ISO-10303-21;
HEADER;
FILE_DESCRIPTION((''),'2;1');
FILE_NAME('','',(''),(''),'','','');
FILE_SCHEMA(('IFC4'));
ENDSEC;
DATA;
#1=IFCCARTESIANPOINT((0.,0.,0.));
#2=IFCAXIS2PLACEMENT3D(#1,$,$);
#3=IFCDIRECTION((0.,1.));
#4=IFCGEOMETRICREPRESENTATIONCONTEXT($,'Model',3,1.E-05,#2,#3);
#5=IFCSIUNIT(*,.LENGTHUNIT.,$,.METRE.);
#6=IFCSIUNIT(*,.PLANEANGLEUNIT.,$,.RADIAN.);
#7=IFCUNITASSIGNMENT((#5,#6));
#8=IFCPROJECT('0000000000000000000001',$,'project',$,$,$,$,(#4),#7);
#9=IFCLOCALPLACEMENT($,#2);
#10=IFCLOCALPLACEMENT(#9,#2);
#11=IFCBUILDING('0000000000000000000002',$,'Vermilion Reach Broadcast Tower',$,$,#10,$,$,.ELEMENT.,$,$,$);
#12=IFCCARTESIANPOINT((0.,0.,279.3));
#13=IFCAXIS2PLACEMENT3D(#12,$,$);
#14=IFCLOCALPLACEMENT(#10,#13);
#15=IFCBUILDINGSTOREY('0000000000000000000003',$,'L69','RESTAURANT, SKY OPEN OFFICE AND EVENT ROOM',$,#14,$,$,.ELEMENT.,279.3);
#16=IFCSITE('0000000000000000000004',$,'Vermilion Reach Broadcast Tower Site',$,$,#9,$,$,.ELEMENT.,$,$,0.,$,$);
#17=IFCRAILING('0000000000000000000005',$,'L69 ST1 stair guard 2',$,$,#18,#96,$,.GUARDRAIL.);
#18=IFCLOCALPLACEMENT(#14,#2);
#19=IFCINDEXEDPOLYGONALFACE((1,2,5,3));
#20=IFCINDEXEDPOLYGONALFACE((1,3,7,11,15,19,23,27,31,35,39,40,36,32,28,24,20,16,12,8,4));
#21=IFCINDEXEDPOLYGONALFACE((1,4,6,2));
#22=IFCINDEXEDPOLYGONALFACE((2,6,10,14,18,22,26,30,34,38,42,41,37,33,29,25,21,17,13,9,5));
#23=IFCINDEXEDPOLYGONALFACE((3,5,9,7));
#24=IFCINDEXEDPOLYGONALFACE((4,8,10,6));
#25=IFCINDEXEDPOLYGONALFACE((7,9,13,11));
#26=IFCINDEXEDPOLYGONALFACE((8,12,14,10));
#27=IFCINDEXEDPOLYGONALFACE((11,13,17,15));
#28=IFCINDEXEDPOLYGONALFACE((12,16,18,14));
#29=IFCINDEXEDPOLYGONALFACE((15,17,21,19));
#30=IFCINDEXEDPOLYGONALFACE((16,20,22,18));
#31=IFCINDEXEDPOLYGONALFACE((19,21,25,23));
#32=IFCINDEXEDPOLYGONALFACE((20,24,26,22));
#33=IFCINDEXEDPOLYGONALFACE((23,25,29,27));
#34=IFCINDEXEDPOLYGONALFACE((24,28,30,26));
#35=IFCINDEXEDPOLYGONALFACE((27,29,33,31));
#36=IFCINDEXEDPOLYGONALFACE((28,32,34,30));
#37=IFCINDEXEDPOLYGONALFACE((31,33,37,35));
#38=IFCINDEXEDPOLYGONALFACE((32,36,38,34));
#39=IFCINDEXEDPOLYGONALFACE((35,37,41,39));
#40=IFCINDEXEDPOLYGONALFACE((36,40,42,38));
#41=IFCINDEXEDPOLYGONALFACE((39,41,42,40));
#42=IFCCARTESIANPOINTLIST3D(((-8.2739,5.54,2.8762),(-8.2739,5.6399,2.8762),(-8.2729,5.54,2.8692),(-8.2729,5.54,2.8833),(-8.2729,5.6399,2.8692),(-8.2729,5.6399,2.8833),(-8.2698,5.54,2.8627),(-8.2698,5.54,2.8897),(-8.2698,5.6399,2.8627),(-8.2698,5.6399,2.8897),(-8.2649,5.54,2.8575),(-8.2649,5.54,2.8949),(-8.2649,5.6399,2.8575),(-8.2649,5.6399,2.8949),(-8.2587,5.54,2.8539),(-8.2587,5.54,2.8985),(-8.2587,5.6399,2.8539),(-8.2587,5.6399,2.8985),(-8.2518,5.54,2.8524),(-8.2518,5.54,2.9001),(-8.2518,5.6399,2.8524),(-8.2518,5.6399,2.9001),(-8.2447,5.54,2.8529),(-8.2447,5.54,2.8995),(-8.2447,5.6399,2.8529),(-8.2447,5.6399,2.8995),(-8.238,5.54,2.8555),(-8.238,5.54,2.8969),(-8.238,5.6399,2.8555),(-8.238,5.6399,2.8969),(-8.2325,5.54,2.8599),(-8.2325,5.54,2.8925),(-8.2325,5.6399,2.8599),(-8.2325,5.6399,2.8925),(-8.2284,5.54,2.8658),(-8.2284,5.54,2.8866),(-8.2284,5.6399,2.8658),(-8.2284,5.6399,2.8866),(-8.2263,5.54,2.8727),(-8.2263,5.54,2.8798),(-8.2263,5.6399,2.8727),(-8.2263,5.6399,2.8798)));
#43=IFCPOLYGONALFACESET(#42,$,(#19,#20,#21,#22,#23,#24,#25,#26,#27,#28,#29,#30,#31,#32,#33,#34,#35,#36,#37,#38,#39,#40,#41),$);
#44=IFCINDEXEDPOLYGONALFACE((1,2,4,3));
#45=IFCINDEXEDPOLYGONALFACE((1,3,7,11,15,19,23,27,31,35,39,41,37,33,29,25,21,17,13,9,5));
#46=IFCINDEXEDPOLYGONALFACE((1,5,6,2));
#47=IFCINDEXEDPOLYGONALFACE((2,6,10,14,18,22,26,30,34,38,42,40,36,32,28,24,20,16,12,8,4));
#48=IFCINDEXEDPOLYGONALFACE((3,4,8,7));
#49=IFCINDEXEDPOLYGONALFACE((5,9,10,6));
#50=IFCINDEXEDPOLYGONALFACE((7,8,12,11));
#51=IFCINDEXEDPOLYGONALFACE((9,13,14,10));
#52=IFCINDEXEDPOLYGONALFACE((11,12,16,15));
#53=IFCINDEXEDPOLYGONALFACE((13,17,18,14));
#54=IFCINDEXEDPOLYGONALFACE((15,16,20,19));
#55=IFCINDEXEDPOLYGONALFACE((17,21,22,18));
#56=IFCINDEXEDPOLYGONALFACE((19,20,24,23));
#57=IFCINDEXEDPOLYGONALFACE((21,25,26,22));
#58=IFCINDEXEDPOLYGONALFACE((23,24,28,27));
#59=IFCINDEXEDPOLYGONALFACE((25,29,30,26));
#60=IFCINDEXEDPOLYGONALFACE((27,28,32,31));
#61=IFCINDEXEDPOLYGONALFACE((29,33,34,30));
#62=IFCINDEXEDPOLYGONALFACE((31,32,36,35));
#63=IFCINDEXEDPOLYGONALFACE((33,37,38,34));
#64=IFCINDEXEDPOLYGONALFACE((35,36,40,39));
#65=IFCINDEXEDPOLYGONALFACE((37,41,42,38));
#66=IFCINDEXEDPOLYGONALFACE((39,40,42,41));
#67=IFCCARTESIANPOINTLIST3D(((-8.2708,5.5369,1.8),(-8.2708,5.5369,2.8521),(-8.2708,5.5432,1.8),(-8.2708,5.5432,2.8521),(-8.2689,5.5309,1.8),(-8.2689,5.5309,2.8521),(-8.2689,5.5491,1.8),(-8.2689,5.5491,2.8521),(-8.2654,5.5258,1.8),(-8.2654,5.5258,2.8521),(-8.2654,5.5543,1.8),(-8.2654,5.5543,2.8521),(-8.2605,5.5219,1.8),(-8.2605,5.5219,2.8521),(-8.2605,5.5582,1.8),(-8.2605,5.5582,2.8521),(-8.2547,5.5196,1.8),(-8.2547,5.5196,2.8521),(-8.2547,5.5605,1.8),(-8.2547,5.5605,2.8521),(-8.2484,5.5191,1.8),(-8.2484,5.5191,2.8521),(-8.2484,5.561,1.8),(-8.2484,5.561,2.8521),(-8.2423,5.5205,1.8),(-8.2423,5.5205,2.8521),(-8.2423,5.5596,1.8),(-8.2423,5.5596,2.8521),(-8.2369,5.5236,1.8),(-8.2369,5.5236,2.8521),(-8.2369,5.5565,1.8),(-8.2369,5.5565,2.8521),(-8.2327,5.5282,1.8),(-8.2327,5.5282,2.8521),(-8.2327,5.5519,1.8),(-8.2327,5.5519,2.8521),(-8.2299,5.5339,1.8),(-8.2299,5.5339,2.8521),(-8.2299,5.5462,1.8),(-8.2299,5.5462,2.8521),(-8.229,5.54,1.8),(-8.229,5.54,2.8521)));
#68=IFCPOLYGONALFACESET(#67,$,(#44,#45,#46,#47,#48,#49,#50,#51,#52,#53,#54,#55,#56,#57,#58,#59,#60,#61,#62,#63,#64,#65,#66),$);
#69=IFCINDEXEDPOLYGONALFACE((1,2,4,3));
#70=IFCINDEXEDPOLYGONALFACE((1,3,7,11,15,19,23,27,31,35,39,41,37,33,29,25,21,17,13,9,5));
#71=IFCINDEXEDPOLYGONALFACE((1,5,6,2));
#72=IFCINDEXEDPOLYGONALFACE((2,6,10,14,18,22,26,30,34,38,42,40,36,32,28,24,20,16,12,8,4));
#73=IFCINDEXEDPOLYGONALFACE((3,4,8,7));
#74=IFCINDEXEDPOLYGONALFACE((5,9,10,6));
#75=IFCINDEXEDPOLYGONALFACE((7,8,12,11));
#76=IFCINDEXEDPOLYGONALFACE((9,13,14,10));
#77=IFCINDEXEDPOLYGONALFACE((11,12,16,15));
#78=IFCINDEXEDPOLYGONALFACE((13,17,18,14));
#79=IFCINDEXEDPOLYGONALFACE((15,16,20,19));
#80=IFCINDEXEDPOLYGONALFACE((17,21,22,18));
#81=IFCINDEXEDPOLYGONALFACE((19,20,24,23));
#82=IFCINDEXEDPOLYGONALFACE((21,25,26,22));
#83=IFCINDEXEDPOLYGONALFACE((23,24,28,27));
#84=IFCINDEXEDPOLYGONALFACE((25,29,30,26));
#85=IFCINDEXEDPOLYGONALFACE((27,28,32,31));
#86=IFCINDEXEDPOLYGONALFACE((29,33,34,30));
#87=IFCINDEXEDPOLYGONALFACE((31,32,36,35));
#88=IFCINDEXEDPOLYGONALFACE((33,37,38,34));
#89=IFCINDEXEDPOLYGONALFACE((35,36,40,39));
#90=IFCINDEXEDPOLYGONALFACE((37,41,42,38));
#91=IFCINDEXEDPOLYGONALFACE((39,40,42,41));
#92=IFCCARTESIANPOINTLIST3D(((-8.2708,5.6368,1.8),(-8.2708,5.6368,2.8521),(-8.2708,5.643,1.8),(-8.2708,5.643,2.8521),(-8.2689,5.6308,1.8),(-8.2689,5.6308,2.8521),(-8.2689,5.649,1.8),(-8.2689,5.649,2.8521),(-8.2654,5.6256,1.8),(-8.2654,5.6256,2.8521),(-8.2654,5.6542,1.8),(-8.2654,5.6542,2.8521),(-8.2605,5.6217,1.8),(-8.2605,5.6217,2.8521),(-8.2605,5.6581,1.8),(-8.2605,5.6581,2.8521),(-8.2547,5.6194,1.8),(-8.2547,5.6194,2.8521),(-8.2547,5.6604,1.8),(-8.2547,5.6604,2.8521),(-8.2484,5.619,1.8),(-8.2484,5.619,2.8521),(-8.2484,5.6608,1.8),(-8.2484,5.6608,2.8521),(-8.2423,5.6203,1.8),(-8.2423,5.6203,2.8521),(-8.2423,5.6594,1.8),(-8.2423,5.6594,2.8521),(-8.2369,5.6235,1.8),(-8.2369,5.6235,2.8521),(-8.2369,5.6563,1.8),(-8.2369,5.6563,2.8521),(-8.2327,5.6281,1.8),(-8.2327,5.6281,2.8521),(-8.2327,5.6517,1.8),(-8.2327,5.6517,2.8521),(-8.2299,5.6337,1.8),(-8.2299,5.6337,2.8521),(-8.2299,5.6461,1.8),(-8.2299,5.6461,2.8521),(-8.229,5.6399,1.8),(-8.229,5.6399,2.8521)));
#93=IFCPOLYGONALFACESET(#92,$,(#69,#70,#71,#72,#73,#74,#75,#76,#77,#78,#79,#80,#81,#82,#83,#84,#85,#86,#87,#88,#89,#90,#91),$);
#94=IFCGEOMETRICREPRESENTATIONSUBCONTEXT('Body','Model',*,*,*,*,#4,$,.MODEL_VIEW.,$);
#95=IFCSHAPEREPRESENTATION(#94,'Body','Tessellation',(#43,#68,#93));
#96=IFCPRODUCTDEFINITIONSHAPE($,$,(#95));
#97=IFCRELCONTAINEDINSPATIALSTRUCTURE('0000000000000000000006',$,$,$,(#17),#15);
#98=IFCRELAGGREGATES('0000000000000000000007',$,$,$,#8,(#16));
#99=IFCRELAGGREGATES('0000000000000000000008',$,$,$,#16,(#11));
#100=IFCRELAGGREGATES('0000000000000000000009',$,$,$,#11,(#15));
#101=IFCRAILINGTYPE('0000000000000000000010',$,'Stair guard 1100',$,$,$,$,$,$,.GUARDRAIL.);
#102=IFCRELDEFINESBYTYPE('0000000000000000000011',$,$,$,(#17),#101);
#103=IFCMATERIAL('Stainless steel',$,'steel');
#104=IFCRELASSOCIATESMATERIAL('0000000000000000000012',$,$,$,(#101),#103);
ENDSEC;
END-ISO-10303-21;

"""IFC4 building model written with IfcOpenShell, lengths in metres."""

from ifc_helpers import new_model, si_unit, direction, frame, origin, origin_2d, place, context, subcontext, project, spatial, circle, extrude, material, type_object, element, save


model = new_model("IFC4")

# Units and contexts
model_context = context("Model", 3, precision=1e-05, world=origin(), true_north=direction((0.0, 1.0)))
body_context = subcontext(model_context, "Body", "Model", "MODEL_VIEW")
ifc_project = project(units=[si_unit("LENGTHUNIT", "METRE"), si_unit("PLANEANGLEUNIT", "RADIAN")], contexts=[model_context])

# Site, building, storey
site_placement = place(None, origin())
site = spatial("IfcSite", under=ifc_project, at=site_placement, Name="Vermilion Reach Broadcast Tower Site", CompositionType="ELEMENT", RefElevation=0.0)
building_placement = place(site_placement, origin())
building = spatial("IfcBuilding", under=site, at=building_placement, Name="Vermilion Reach Broadcast Tower", CompositionType="ELEMENT")
storey_placement = place(building_placement, frame((0.0, 0.0, 279.3)))
storey = spatial("IfcBuildingStorey", under=building, at=storey_placement, Name="L69", Description="RESTAURANT, SKY OPEN OFFICE AND EVENT ROOM", CompositionType="ELEMENT", Elevation=279.3)

# Railing
ifc_material_1 = material(Name="Stainless steel", Category="steel")
railing_type_1 = type_object("IfcRailingType", Name="Stair guard 1100", PredefinedType="GUARDRAIL", material=ifc_material_1)
railing_1_placement = place(storey_placement, frame((-8.25, 5.54, 1.8)))
element("IfcRailing", 1, at=railing_1_placement, inside=storey, type_object=railing_type_1, Name="L69 ST1 stair guard 2", PredefinedType="GUARDRAIL", context=body_context, shape_type="SweptSolid", body=[
    extrude(circle(Radius=0.0239, at=origin_2d()), frame((0.0, 0.0, 1.0762), z_axis=(0.0, 1.0, 0.0), x_axis=(-1.0, 0.0, 0.0)), (0.0, 0.0, 1.0), 0.0999),
    extrude(circle(Radius=0.021, at=origin_2d()), origin(), (0.0, 0.0, 1.0), 1.052),
    extrude(circle(Radius=0.021, at=origin_2d()), frame((0.0, 0.0999, 0.0)), (0.0, 0.0, 1.0), 1.052),
])

save(model, "model.ifc")
